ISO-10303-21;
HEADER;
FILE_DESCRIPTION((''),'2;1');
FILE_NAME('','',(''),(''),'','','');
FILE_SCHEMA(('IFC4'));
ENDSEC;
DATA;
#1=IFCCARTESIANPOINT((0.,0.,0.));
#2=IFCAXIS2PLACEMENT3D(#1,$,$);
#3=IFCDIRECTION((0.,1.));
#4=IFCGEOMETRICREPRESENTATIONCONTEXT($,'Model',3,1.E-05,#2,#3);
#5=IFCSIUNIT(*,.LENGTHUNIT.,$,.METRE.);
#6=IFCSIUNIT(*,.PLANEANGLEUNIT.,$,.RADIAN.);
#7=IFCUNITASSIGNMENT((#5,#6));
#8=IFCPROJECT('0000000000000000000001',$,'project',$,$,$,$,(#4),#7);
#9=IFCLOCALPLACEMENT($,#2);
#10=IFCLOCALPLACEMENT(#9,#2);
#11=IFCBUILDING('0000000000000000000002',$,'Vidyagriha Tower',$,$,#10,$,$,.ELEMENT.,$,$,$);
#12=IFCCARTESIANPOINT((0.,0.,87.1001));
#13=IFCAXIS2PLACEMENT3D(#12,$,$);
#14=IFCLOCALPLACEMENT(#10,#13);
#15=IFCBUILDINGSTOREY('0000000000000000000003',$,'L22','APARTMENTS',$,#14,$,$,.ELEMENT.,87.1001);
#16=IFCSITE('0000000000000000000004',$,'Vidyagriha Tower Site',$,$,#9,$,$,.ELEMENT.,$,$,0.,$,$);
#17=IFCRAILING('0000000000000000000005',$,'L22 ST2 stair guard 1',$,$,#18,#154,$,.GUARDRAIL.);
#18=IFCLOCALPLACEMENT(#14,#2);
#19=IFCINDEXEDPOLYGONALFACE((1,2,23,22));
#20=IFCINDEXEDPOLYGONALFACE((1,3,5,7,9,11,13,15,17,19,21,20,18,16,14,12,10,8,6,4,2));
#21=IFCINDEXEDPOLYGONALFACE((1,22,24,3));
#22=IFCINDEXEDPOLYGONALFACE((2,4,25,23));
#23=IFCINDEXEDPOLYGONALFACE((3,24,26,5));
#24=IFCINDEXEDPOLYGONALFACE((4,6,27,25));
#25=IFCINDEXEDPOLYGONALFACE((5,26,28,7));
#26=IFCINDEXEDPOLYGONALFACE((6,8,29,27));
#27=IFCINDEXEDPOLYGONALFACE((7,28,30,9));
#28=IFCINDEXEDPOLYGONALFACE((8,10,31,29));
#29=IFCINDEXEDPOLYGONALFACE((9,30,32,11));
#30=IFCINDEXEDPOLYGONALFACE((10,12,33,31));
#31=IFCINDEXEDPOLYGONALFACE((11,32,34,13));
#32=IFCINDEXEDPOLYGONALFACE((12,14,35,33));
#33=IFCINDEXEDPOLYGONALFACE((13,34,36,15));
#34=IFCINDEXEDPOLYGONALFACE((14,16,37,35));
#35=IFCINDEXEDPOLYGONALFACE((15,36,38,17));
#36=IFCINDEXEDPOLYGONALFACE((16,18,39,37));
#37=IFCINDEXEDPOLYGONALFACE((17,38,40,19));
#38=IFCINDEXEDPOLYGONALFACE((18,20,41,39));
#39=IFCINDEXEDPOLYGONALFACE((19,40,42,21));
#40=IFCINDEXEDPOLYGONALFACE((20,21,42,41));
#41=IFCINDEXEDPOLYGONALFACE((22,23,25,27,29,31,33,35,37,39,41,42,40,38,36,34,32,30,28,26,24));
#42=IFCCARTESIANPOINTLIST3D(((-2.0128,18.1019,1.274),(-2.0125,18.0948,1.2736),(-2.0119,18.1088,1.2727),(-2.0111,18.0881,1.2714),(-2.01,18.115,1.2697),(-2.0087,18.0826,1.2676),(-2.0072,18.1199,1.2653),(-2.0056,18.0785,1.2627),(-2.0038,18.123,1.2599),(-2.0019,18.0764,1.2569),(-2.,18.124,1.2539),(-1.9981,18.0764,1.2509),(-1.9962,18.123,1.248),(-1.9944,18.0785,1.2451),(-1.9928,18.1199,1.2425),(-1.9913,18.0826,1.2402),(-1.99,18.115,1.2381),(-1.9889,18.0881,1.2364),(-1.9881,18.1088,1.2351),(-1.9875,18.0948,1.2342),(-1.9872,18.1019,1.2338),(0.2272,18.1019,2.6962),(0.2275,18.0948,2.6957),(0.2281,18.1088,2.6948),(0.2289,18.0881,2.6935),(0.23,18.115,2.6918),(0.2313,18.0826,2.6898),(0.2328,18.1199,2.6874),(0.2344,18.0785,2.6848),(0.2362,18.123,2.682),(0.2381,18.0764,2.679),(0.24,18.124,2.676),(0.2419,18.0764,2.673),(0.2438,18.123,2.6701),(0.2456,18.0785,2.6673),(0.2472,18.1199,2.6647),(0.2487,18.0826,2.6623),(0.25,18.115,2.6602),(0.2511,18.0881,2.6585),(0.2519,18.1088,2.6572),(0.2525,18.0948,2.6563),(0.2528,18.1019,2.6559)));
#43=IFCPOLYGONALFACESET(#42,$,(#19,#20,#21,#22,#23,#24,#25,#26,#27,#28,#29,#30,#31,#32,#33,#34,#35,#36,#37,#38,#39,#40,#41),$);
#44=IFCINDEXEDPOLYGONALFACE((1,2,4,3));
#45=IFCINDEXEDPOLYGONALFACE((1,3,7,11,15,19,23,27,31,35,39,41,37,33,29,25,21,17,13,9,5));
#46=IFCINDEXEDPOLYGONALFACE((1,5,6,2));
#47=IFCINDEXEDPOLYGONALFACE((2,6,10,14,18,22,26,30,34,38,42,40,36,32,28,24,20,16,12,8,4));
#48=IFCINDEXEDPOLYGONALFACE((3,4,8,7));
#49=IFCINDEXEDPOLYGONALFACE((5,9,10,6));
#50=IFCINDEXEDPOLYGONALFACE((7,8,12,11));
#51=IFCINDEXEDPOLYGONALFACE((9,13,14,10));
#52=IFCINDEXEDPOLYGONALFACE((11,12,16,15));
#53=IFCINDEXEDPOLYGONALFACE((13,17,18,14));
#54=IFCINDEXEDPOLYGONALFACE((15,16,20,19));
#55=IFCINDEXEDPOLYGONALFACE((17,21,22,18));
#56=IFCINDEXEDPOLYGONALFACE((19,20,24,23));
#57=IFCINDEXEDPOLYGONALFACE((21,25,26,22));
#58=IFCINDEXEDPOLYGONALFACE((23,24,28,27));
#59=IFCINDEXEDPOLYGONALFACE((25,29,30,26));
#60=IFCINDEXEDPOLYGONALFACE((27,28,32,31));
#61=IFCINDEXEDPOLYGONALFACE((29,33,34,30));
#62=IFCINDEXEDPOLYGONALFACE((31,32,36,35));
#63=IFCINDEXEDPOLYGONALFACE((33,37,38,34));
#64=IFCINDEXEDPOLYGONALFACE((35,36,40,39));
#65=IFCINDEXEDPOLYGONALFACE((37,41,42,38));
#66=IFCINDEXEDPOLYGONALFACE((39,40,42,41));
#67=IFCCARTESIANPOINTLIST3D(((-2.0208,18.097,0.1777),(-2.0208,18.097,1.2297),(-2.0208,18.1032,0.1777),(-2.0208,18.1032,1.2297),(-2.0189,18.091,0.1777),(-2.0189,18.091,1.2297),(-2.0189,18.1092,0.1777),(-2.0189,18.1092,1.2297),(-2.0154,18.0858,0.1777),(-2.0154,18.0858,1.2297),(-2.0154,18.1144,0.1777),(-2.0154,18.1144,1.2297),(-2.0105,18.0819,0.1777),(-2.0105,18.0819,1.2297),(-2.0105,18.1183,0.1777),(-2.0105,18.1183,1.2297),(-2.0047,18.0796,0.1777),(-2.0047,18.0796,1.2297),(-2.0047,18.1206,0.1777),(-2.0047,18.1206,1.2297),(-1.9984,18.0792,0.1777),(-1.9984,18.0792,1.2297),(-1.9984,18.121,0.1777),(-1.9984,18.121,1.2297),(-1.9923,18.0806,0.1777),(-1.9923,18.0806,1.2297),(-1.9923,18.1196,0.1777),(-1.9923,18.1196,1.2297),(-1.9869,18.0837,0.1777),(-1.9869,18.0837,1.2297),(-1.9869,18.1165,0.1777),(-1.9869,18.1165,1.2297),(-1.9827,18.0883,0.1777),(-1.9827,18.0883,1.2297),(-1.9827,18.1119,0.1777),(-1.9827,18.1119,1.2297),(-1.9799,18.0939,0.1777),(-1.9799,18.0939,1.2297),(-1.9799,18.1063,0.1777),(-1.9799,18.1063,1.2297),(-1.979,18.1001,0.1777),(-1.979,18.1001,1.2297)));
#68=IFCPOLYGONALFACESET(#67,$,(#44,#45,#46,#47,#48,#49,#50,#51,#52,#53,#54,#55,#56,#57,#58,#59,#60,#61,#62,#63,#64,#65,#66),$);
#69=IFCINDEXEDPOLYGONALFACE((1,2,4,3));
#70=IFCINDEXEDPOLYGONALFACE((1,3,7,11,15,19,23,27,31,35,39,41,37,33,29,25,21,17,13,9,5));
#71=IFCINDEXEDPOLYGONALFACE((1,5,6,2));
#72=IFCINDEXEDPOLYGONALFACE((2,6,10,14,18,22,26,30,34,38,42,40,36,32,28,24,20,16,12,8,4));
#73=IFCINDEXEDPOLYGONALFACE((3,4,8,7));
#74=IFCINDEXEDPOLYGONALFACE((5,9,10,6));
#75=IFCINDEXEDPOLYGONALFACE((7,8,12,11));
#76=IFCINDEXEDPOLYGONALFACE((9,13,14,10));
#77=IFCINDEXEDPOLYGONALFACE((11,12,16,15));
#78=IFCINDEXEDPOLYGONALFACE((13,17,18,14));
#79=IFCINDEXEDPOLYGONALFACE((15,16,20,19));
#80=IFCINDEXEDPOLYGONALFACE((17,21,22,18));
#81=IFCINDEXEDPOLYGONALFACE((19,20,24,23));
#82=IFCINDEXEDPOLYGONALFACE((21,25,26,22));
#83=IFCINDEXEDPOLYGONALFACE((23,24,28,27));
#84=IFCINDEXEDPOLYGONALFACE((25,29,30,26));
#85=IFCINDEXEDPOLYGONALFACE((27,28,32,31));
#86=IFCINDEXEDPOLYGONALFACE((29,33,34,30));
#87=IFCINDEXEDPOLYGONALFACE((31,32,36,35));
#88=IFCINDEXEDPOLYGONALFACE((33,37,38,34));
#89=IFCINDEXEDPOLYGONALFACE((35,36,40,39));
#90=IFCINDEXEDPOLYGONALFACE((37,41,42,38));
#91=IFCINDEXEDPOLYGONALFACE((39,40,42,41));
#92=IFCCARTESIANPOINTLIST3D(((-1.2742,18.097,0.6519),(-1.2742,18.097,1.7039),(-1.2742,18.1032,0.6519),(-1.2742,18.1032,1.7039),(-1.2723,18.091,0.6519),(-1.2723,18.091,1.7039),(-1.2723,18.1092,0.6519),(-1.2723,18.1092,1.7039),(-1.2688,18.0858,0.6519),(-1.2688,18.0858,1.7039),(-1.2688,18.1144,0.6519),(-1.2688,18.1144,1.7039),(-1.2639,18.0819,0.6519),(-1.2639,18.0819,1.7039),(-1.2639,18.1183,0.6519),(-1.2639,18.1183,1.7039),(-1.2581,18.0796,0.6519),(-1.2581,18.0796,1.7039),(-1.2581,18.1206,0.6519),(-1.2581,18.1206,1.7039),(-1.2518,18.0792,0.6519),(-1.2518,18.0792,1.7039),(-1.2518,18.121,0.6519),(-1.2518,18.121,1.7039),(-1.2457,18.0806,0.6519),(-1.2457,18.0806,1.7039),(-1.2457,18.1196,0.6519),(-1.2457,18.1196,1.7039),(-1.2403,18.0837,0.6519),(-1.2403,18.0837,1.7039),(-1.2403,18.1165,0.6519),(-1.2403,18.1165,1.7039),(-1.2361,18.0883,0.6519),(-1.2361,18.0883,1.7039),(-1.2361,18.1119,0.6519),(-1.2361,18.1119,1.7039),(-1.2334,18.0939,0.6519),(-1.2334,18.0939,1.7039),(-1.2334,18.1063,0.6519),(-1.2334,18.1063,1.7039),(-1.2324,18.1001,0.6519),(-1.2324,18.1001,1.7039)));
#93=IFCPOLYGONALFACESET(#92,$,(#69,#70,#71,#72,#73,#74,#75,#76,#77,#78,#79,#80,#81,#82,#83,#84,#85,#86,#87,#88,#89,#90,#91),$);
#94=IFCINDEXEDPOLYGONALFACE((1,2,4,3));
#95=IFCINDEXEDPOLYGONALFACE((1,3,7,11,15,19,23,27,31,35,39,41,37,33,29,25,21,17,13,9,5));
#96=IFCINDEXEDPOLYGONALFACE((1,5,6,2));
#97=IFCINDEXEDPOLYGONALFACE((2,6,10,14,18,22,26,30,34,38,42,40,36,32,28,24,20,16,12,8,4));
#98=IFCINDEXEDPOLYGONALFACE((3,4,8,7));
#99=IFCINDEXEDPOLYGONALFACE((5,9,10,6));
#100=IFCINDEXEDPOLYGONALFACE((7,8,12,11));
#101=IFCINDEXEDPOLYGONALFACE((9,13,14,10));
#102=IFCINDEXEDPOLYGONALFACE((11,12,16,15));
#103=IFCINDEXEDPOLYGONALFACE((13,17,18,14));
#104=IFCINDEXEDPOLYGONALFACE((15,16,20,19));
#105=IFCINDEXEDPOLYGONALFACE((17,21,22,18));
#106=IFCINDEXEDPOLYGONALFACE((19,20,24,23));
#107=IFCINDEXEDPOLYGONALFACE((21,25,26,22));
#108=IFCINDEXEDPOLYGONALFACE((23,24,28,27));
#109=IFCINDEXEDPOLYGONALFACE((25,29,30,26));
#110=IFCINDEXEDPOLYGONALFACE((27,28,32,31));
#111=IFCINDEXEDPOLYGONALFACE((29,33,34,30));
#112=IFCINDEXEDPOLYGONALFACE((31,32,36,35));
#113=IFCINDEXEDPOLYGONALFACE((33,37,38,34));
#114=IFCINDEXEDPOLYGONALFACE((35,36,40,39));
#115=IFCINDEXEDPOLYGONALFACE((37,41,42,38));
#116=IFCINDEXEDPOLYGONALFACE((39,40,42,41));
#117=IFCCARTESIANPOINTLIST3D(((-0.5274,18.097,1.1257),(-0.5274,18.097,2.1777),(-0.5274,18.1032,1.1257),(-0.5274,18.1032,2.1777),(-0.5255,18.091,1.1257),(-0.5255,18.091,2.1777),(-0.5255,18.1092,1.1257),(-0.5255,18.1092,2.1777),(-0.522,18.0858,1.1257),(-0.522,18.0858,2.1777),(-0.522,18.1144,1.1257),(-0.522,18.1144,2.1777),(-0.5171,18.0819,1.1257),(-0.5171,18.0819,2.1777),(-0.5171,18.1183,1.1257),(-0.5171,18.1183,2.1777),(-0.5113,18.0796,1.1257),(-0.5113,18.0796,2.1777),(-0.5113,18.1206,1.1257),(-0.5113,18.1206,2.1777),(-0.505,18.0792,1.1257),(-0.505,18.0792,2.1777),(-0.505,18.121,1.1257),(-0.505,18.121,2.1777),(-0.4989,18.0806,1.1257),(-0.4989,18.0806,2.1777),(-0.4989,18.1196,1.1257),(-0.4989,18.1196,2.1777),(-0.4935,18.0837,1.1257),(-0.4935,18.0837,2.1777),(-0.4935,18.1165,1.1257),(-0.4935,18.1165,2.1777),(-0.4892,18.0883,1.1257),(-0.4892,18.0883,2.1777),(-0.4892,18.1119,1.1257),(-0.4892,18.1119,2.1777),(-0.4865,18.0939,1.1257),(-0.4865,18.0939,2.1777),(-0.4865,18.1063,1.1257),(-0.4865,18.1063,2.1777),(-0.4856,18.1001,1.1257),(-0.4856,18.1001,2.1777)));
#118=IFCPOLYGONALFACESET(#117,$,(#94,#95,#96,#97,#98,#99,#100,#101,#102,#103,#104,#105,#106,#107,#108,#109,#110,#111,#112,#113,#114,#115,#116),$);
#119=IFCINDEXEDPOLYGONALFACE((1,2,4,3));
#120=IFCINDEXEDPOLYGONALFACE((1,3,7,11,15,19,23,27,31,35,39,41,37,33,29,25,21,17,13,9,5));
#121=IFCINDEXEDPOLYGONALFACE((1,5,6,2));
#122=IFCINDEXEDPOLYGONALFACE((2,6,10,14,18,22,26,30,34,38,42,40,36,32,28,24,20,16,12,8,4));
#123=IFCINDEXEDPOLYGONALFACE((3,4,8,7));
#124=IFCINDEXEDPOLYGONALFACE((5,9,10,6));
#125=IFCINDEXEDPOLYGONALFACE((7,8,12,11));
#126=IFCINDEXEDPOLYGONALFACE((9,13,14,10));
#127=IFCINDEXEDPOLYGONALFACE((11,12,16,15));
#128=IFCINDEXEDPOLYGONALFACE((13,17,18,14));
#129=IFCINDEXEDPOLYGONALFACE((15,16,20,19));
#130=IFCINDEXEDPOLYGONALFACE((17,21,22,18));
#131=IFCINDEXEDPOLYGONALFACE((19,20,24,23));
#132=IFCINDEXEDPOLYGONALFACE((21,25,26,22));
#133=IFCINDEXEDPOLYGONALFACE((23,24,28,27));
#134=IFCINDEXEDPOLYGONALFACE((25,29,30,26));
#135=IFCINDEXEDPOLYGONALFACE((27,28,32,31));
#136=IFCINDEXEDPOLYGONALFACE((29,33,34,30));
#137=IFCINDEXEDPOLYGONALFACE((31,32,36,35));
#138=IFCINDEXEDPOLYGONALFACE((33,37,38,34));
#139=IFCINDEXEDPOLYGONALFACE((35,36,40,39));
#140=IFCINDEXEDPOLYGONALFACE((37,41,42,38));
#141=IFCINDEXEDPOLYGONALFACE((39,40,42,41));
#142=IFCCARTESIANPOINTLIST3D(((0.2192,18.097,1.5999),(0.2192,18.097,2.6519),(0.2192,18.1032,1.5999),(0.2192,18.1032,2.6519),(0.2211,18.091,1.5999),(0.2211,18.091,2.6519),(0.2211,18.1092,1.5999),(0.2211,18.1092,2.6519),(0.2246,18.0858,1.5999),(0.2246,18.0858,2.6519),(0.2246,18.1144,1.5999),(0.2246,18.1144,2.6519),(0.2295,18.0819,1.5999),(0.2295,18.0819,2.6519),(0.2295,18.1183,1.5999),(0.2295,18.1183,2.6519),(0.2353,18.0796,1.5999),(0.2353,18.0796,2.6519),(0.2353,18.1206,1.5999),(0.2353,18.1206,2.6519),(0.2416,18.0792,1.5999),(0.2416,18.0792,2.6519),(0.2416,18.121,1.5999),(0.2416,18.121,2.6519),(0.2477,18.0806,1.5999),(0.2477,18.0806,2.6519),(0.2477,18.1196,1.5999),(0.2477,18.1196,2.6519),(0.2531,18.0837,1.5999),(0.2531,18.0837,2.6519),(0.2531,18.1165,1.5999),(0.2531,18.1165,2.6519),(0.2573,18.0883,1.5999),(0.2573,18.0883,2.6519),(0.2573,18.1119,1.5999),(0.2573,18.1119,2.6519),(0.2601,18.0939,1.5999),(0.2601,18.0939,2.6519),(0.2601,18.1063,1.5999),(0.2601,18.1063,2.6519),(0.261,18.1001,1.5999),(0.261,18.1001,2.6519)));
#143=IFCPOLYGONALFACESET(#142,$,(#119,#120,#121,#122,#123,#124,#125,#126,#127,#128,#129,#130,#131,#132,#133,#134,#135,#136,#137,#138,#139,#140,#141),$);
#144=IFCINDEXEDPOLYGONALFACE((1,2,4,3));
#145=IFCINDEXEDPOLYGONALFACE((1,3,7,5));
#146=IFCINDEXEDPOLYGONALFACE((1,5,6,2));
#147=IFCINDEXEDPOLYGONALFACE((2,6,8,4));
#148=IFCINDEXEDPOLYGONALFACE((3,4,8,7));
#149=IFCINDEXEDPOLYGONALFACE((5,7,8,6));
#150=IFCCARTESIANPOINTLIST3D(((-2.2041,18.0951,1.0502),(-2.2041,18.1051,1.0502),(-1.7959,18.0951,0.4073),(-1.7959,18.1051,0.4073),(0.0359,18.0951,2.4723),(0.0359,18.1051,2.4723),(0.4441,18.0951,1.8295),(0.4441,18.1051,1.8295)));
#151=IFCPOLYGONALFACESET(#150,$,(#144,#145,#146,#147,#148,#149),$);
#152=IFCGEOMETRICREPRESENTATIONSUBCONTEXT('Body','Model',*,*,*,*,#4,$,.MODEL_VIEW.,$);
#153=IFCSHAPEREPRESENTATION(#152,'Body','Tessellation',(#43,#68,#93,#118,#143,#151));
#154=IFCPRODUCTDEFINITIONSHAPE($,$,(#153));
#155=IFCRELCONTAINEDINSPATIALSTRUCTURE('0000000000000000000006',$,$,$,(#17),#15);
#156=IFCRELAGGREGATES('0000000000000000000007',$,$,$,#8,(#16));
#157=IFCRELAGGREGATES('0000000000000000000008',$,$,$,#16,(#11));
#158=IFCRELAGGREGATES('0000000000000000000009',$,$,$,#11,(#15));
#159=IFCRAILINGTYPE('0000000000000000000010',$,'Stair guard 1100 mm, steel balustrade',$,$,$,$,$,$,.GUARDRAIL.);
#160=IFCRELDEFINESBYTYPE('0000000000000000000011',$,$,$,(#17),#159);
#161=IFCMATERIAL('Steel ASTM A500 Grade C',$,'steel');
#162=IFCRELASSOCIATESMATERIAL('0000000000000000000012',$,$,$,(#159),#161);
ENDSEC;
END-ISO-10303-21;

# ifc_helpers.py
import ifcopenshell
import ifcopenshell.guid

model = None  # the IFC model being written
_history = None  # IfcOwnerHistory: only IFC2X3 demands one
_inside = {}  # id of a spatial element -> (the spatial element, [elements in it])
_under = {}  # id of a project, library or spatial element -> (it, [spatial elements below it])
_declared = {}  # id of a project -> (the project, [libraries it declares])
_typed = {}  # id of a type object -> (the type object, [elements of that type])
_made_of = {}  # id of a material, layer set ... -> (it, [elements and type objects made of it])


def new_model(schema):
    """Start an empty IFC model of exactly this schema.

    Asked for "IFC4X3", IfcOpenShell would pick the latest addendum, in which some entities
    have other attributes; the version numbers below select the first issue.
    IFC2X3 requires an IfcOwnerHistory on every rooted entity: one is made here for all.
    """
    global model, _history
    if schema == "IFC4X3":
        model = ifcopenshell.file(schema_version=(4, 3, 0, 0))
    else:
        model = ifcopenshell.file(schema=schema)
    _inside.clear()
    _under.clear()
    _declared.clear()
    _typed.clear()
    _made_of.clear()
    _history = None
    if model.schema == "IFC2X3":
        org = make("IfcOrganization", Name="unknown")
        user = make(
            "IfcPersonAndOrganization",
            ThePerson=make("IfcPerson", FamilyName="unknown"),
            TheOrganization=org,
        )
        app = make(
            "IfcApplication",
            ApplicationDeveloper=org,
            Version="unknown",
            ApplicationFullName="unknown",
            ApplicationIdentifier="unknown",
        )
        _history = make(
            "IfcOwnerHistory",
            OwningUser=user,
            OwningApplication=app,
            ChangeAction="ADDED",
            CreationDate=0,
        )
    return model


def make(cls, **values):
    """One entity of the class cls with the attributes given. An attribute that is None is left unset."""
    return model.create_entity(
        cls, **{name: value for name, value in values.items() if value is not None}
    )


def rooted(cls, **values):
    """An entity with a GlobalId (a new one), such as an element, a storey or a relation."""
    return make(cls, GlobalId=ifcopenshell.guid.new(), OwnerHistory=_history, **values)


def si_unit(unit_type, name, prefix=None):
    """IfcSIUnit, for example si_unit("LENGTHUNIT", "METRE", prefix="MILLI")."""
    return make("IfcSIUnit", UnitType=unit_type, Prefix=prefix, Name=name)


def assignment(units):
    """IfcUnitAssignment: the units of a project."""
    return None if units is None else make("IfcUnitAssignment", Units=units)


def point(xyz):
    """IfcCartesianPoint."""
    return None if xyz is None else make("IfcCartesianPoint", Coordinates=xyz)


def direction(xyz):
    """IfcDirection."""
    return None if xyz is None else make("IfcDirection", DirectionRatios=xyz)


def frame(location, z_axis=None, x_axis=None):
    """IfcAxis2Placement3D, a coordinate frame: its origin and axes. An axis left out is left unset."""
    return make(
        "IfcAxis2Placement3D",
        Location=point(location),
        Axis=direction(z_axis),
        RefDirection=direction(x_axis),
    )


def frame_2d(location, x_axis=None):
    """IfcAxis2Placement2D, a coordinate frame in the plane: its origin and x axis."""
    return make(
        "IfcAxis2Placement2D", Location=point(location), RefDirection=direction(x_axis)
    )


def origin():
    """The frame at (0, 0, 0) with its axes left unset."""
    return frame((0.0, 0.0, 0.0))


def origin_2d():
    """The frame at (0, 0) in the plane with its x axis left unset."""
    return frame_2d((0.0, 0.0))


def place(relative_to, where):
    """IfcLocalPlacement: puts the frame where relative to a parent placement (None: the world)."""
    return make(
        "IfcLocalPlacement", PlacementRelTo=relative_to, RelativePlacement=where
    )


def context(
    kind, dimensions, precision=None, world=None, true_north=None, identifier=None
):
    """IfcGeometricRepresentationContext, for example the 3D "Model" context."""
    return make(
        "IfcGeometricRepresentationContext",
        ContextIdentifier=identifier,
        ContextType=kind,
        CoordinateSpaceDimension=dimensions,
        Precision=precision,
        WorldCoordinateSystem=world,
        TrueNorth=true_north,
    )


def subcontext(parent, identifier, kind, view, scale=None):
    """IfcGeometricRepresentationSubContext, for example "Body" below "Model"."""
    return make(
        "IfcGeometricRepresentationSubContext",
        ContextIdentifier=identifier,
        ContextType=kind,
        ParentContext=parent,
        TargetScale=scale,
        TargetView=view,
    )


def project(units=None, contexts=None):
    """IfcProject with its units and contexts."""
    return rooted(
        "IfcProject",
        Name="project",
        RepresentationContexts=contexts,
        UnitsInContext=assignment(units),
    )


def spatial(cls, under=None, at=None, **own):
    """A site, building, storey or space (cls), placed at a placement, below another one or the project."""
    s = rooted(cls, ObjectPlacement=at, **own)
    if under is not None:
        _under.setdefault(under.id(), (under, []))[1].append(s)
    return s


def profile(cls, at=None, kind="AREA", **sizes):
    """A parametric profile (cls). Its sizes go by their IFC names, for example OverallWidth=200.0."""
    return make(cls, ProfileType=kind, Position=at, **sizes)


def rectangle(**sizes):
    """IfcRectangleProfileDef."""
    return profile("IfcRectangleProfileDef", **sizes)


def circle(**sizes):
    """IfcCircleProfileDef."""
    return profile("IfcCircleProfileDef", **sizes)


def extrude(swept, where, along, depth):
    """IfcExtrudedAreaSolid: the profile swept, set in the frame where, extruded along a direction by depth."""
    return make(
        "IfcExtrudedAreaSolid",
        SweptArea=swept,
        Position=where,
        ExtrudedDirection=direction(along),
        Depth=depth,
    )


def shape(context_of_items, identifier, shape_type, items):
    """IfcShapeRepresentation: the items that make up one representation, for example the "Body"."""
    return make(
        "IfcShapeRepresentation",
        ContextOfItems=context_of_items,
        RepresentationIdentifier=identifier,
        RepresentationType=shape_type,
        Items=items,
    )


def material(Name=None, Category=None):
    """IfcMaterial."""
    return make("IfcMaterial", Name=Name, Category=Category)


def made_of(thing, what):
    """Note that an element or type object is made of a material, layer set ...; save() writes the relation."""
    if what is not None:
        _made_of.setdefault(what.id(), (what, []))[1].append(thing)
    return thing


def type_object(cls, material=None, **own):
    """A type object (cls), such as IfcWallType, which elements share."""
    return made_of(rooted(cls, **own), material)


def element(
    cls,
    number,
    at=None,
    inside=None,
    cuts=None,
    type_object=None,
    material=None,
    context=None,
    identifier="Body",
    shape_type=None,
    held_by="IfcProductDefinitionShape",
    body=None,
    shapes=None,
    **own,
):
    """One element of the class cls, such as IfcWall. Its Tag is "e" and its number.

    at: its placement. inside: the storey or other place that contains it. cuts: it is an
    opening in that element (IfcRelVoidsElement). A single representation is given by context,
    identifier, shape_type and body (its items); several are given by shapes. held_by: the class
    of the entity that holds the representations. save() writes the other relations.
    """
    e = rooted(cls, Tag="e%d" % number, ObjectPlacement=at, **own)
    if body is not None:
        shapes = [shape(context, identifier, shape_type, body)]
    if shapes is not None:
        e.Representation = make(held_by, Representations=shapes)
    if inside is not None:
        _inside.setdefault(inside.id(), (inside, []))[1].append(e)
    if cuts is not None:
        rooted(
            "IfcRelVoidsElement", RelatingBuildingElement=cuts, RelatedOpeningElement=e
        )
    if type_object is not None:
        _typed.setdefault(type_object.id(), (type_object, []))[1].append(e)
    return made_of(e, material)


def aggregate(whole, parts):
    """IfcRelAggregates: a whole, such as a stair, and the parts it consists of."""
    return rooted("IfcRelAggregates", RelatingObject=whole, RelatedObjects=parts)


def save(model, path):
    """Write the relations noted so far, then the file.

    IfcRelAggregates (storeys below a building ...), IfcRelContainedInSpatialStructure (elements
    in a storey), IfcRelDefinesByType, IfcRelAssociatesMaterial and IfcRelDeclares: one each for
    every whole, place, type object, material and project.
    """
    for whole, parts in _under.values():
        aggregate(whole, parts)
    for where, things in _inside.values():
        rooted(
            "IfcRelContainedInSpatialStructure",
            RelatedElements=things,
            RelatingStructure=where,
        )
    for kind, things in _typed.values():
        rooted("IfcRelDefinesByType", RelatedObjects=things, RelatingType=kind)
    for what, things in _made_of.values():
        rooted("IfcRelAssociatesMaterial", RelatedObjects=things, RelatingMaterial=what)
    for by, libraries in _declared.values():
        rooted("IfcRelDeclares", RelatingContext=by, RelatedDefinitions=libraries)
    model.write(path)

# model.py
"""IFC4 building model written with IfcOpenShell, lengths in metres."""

from ifc_helpers import new_model, si_unit, direction, frame, origin, origin_2d, place, context, subcontext, project, spatial, rectangle, circle, extrude, material, type_object, element, save


model = new_model("IFC4")

# Units and contexts
model_context = context("Model", 3, precision=1e-05, world=origin(), true_north=direction((0.0, 1.0)))
body_context = subcontext(model_context, "Body", "Model", "MODEL_VIEW")
ifc_project = project(units=[si_unit("LENGTHUNIT", "METRE"), si_unit("PLANEANGLEUNIT", "RADIAN")], contexts=[model_context])

# Site, building, storey
site_placement = place(None, origin())
site = spatial("IfcSite", under=ifc_project, at=site_placement, Name="Vidyagriha Tower Site", CompositionType="ELEMENT", RefElevation=0.0)
building_placement = place(site_placement, origin())
building = spatial("IfcBuilding", under=site, at=building_placement, Name="Vidyagriha Tower", CompositionType="ELEMENT")
storey_placement = place(building_placement, frame((0.0, 0.0, 87.1001)))
storey = spatial("IfcBuildingStorey", under=building, at=storey_placement, Name="L22", Description="APARTMENTS", CompositionType="ELEMENT", Elevation=87.1001)

# Railing
ifc_material_1 = material(Name="Steel ASTM A500 Grade C", Category="steel")
railing_type_1 = type_object("IfcRailingType", Name="Stair guard 1100 mm, steel balustrade", PredefinedType="GUARDRAIL", material=ifc_material_1)
railing_1_placement = place(storey_placement, frame((-2.0, 18.1001, 0.1777)))
element("IfcRailing", 1, at=railing_1_placement, inside=storey, type_object=railing_type_1, Name="L22 ST2 stair guard 1", PredefinedType="GUARDRAIL", context=body_context, shape_type="SweptSolid", body=[
    extrude(circle(Radius=0.0239, at=origin_2d()), frame((0.0, 0.0, 1.0762), z_axis=(0.844229, 0.0, 0.535982), x_axis=(0.0, 1.0, 0.0)), (0.0, 0.0, 1.0), 2.6533),
    extrude(circle(Radius=0.021, at=origin_2d()), origin(), (0.0, 0.0, 1.0), 1.052),
    extrude(circle(Radius=0.021, at=origin_2d()), frame((0.7466, 0.0, 0.4741)), (0.0, 0.0, 1.0), 1.052),
    extrude(circle(Radius=0.021, at=origin_2d()), frame((1.4934, 0.0, 0.948)), (0.0, 0.0, 1.0), 1.052),
    extrude(circle(Radius=0.021, at=origin_2d()), frame((2.24, 0.0, 1.4221)), (0.0, 0.0, 1.0), 1.052),
    extrude(rectangle(XDim=0.01, YDim=0.7615, at=origin_2d()), frame((0.0, 0.0, 0.551), z_axis=(0.844229, 0.0, 0.535982), x_axis=(0.0, 1.0, 0.0)), (0.0, 0.0, 1.0), 2.6533),
])

save(model, "model.ifc")
